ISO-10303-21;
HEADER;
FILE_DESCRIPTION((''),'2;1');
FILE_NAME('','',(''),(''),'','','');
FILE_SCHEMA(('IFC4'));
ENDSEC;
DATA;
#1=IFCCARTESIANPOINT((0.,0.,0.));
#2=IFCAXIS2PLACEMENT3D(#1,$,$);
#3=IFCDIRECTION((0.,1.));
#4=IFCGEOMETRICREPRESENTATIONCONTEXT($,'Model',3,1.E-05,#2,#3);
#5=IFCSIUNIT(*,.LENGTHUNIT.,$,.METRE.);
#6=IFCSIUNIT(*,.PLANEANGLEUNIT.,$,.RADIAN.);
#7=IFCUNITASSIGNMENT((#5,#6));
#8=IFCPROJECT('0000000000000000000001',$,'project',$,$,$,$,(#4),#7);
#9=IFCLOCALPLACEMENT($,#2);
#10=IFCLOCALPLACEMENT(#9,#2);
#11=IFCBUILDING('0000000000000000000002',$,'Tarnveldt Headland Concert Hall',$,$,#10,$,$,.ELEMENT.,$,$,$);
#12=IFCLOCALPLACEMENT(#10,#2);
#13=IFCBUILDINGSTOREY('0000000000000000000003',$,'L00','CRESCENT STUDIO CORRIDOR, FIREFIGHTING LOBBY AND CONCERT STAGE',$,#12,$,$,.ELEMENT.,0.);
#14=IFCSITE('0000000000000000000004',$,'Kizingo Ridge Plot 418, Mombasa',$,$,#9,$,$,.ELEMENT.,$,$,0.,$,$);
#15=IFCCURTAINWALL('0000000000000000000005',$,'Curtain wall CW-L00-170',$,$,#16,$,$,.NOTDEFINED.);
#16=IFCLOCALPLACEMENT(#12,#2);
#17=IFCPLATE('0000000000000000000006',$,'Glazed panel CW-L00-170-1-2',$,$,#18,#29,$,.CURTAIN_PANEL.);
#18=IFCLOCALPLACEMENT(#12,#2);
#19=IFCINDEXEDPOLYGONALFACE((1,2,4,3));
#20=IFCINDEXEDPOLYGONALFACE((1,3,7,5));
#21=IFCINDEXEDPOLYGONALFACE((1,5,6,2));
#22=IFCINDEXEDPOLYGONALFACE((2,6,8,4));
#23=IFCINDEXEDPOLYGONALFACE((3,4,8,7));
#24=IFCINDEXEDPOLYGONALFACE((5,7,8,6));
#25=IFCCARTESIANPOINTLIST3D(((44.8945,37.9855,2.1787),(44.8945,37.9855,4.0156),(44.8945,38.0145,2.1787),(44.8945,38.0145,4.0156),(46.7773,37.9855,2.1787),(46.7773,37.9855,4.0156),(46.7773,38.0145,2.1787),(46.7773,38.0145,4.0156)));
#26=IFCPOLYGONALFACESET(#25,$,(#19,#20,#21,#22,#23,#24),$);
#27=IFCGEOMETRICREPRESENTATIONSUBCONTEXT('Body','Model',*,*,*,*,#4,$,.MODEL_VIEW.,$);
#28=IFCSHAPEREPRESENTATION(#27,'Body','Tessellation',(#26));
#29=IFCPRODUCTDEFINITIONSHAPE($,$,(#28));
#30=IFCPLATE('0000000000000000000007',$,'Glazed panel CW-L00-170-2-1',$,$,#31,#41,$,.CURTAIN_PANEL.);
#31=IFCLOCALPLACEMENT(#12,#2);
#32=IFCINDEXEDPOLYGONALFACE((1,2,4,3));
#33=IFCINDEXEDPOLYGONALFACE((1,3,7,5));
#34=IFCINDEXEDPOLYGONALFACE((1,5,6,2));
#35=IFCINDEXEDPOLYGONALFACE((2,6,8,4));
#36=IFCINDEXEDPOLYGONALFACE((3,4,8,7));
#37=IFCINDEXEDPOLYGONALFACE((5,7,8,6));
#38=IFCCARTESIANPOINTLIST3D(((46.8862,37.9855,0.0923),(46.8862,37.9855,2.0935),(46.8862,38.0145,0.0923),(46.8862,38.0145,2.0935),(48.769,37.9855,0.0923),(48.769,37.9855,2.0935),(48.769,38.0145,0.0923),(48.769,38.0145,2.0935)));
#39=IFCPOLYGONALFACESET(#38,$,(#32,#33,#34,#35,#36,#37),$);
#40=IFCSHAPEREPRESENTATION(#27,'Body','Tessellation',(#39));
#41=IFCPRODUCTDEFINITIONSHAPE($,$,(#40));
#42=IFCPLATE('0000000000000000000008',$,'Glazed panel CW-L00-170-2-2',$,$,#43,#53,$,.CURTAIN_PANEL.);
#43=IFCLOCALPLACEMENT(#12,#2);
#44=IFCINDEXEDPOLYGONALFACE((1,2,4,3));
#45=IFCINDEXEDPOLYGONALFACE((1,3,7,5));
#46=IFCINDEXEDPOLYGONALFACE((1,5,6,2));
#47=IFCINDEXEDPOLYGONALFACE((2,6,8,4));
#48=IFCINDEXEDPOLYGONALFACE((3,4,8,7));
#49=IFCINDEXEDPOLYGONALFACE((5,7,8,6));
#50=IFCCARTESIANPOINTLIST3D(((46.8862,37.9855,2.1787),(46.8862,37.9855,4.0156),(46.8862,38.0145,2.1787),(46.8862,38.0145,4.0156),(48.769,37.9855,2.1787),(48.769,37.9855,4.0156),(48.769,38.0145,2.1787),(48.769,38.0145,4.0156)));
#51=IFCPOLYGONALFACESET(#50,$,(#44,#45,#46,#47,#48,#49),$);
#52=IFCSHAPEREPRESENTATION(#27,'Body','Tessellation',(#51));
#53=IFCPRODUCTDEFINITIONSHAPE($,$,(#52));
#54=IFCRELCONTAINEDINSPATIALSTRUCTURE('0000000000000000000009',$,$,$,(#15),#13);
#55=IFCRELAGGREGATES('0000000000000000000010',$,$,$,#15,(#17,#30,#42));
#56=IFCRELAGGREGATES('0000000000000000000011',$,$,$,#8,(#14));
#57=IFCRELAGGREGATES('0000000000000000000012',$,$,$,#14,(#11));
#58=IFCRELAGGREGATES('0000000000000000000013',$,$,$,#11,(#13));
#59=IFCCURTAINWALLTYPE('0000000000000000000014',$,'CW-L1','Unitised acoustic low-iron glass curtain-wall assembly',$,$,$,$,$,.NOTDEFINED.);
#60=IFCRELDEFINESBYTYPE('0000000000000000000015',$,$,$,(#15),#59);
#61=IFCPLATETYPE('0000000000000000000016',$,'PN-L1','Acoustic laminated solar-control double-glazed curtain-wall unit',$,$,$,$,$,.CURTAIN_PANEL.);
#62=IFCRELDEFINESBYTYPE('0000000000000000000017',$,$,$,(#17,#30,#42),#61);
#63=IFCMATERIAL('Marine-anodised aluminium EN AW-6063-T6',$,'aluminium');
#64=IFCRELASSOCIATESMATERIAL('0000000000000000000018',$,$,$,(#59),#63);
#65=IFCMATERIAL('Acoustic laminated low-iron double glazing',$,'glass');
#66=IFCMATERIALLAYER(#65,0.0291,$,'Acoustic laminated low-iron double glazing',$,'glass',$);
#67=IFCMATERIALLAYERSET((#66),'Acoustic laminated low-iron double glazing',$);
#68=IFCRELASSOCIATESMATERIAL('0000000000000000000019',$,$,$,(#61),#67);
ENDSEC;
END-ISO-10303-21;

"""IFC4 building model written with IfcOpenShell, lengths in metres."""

from ifc_helpers import new_model, si_unit, direction, frame, origin, origin_2d, place, context, subcontext, project, spatial, rectangle, extrude, material, layer, layer_set, type_object, element, aggregate, save


model = new_model("IFC4")

# Units and contexts
model_context = context("Model", 3, precision=1e-05, world=origin(), true_north=direction((0.0, 1.0)))
body_context = subcontext(model_context, "Body", "Model", "MODEL_VIEW")
ifc_project = project(units=[si_unit("LENGTHUNIT", "METRE"), si_unit("PLANEANGLEUNIT", "RADIAN")], contexts=[model_context])

# Site, building, storey
site_placement = place(None, origin())
site = spatial("IfcSite", under=ifc_project, at=site_placement, Name="Kizingo Ridge Plot 418, Mombasa", CompositionType="ELEMENT", RefElevation=0.0)
building_placement = place(site_placement, origin())
building = spatial("IfcBuilding", under=site, at=building_placement, Name="Tarnveldt Headland Concert Hall", CompositionType="ELEMENT")
storey_placement = place(building_placement, origin())
storey = spatial("IfcBuildingStorey", under=building, at=storey_placement, Name="L00", Description="CRESCENT STUDIO CORRIDOR, FIREFIGHTING LOBBY AND CONCERT STAGE", CompositionType="ELEMENT", Elevation=0.0)

# Curtain wall
ifc_material_1 = material(Name="Marine-anodised aluminium EN AW-6063-T6", Category="aluminium")
curtain_wall_type = type_object("IfcCurtainWallType", Name="CW-L1", Description="Unitised acoustic low-iron glass curtain-wall assembly", PredefinedType="NOTDEFINED", material=ifc_material_1)
curtain_wall_1_placement = place(storey_placement, origin())
curtain_wall_1 = element("IfcCurtainWall", 1, at=curtain_wall_1_placement, inside=storey, type_object=curtain_wall_type, Name="Curtain wall CW-L00-170", PredefinedType="NOTDEFINED")

# Plates
ifc_material_2 = material(Name="Acoustic laminated low-iron double glazing", Category="glass")
ifc_layer = layer(ifc_material_2, 0.0291, Name="Acoustic laminated low-iron double glazing", Category="glass")
ifc_layer_set = layer_set([ifc_layer], Name="Acoustic laminated low-iron double glazing")
plate_type = type_object("IfcPlateType", Name="PN-L1", Description="Acoustic laminated solar-control double-glazed curtain-wall unit", PredefinedType="CURTAIN_PANEL", material=ifc_layer_set)
plate_1_placement = place(storey_placement, frame((45.8359, 38.0, 2.1787), z_axis=(0.0, 0.0, 1.0), x_axis=(1.0, 0.0, 0.0)))
plate_1 = element("IfcPlate", 2, at=plate_1_placement, type_object=plate_type, Name="Glazed panel CW-L00-170-1-2", PredefinedType="CURTAIN_PANEL", context=body_context, shape_type="SweptSolid", body=[
    extrude(rectangle(XDim=1.8828, YDim=0.0291, at=origin_2d()), origin(), (0.0, 0.0, 1.0), 1.8369),
])
plate_2_placement = place(storey_placement, frame((47.8276, 38.0, 0.0923), z_axis=(0.0, 0.0, 1.0), x_axis=(1.0, 0.0, 0.0)))
plate_2 = element("IfcPlate", 3, at=plate_2_placement, type_object=plate_type, Name="Glazed panel CW-L00-170-2-1", PredefinedType="CURTAIN_PANEL", context=body_context, shape_type="SweptSolid", body=[
    extrude(rectangle(XDim=1.8828, YDim=0.0291, at=origin_2d()), origin(), (0.0, 0.0, 1.0), 2.0012),
])
plate_3_placement = place(storey_placement, frame((47.8276, 38.0, 2.1787), z_axis=(0.0, 0.0, 1.0), x_axis=(1.0, 0.0, 0.0)))
plate_3 = element("IfcPlate", 4, at=plate_3_placement, type_object=plate_type, Name="Glazed panel CW-L00-170-2-2", PredefinedType="CURTAIN_PANEL", context=body_context, shape_type="SweptSolid", body=[
    extrude(rectangle(XDim=1.8828, YDim=0.0291, at=origin_2d()), origin(), (0.0, 0.0, 1.0), 1.8369),
])
aggregate(curtain_wall_1, [plate_1, plate_2, plate_3])

save(model, "model.ifc")
